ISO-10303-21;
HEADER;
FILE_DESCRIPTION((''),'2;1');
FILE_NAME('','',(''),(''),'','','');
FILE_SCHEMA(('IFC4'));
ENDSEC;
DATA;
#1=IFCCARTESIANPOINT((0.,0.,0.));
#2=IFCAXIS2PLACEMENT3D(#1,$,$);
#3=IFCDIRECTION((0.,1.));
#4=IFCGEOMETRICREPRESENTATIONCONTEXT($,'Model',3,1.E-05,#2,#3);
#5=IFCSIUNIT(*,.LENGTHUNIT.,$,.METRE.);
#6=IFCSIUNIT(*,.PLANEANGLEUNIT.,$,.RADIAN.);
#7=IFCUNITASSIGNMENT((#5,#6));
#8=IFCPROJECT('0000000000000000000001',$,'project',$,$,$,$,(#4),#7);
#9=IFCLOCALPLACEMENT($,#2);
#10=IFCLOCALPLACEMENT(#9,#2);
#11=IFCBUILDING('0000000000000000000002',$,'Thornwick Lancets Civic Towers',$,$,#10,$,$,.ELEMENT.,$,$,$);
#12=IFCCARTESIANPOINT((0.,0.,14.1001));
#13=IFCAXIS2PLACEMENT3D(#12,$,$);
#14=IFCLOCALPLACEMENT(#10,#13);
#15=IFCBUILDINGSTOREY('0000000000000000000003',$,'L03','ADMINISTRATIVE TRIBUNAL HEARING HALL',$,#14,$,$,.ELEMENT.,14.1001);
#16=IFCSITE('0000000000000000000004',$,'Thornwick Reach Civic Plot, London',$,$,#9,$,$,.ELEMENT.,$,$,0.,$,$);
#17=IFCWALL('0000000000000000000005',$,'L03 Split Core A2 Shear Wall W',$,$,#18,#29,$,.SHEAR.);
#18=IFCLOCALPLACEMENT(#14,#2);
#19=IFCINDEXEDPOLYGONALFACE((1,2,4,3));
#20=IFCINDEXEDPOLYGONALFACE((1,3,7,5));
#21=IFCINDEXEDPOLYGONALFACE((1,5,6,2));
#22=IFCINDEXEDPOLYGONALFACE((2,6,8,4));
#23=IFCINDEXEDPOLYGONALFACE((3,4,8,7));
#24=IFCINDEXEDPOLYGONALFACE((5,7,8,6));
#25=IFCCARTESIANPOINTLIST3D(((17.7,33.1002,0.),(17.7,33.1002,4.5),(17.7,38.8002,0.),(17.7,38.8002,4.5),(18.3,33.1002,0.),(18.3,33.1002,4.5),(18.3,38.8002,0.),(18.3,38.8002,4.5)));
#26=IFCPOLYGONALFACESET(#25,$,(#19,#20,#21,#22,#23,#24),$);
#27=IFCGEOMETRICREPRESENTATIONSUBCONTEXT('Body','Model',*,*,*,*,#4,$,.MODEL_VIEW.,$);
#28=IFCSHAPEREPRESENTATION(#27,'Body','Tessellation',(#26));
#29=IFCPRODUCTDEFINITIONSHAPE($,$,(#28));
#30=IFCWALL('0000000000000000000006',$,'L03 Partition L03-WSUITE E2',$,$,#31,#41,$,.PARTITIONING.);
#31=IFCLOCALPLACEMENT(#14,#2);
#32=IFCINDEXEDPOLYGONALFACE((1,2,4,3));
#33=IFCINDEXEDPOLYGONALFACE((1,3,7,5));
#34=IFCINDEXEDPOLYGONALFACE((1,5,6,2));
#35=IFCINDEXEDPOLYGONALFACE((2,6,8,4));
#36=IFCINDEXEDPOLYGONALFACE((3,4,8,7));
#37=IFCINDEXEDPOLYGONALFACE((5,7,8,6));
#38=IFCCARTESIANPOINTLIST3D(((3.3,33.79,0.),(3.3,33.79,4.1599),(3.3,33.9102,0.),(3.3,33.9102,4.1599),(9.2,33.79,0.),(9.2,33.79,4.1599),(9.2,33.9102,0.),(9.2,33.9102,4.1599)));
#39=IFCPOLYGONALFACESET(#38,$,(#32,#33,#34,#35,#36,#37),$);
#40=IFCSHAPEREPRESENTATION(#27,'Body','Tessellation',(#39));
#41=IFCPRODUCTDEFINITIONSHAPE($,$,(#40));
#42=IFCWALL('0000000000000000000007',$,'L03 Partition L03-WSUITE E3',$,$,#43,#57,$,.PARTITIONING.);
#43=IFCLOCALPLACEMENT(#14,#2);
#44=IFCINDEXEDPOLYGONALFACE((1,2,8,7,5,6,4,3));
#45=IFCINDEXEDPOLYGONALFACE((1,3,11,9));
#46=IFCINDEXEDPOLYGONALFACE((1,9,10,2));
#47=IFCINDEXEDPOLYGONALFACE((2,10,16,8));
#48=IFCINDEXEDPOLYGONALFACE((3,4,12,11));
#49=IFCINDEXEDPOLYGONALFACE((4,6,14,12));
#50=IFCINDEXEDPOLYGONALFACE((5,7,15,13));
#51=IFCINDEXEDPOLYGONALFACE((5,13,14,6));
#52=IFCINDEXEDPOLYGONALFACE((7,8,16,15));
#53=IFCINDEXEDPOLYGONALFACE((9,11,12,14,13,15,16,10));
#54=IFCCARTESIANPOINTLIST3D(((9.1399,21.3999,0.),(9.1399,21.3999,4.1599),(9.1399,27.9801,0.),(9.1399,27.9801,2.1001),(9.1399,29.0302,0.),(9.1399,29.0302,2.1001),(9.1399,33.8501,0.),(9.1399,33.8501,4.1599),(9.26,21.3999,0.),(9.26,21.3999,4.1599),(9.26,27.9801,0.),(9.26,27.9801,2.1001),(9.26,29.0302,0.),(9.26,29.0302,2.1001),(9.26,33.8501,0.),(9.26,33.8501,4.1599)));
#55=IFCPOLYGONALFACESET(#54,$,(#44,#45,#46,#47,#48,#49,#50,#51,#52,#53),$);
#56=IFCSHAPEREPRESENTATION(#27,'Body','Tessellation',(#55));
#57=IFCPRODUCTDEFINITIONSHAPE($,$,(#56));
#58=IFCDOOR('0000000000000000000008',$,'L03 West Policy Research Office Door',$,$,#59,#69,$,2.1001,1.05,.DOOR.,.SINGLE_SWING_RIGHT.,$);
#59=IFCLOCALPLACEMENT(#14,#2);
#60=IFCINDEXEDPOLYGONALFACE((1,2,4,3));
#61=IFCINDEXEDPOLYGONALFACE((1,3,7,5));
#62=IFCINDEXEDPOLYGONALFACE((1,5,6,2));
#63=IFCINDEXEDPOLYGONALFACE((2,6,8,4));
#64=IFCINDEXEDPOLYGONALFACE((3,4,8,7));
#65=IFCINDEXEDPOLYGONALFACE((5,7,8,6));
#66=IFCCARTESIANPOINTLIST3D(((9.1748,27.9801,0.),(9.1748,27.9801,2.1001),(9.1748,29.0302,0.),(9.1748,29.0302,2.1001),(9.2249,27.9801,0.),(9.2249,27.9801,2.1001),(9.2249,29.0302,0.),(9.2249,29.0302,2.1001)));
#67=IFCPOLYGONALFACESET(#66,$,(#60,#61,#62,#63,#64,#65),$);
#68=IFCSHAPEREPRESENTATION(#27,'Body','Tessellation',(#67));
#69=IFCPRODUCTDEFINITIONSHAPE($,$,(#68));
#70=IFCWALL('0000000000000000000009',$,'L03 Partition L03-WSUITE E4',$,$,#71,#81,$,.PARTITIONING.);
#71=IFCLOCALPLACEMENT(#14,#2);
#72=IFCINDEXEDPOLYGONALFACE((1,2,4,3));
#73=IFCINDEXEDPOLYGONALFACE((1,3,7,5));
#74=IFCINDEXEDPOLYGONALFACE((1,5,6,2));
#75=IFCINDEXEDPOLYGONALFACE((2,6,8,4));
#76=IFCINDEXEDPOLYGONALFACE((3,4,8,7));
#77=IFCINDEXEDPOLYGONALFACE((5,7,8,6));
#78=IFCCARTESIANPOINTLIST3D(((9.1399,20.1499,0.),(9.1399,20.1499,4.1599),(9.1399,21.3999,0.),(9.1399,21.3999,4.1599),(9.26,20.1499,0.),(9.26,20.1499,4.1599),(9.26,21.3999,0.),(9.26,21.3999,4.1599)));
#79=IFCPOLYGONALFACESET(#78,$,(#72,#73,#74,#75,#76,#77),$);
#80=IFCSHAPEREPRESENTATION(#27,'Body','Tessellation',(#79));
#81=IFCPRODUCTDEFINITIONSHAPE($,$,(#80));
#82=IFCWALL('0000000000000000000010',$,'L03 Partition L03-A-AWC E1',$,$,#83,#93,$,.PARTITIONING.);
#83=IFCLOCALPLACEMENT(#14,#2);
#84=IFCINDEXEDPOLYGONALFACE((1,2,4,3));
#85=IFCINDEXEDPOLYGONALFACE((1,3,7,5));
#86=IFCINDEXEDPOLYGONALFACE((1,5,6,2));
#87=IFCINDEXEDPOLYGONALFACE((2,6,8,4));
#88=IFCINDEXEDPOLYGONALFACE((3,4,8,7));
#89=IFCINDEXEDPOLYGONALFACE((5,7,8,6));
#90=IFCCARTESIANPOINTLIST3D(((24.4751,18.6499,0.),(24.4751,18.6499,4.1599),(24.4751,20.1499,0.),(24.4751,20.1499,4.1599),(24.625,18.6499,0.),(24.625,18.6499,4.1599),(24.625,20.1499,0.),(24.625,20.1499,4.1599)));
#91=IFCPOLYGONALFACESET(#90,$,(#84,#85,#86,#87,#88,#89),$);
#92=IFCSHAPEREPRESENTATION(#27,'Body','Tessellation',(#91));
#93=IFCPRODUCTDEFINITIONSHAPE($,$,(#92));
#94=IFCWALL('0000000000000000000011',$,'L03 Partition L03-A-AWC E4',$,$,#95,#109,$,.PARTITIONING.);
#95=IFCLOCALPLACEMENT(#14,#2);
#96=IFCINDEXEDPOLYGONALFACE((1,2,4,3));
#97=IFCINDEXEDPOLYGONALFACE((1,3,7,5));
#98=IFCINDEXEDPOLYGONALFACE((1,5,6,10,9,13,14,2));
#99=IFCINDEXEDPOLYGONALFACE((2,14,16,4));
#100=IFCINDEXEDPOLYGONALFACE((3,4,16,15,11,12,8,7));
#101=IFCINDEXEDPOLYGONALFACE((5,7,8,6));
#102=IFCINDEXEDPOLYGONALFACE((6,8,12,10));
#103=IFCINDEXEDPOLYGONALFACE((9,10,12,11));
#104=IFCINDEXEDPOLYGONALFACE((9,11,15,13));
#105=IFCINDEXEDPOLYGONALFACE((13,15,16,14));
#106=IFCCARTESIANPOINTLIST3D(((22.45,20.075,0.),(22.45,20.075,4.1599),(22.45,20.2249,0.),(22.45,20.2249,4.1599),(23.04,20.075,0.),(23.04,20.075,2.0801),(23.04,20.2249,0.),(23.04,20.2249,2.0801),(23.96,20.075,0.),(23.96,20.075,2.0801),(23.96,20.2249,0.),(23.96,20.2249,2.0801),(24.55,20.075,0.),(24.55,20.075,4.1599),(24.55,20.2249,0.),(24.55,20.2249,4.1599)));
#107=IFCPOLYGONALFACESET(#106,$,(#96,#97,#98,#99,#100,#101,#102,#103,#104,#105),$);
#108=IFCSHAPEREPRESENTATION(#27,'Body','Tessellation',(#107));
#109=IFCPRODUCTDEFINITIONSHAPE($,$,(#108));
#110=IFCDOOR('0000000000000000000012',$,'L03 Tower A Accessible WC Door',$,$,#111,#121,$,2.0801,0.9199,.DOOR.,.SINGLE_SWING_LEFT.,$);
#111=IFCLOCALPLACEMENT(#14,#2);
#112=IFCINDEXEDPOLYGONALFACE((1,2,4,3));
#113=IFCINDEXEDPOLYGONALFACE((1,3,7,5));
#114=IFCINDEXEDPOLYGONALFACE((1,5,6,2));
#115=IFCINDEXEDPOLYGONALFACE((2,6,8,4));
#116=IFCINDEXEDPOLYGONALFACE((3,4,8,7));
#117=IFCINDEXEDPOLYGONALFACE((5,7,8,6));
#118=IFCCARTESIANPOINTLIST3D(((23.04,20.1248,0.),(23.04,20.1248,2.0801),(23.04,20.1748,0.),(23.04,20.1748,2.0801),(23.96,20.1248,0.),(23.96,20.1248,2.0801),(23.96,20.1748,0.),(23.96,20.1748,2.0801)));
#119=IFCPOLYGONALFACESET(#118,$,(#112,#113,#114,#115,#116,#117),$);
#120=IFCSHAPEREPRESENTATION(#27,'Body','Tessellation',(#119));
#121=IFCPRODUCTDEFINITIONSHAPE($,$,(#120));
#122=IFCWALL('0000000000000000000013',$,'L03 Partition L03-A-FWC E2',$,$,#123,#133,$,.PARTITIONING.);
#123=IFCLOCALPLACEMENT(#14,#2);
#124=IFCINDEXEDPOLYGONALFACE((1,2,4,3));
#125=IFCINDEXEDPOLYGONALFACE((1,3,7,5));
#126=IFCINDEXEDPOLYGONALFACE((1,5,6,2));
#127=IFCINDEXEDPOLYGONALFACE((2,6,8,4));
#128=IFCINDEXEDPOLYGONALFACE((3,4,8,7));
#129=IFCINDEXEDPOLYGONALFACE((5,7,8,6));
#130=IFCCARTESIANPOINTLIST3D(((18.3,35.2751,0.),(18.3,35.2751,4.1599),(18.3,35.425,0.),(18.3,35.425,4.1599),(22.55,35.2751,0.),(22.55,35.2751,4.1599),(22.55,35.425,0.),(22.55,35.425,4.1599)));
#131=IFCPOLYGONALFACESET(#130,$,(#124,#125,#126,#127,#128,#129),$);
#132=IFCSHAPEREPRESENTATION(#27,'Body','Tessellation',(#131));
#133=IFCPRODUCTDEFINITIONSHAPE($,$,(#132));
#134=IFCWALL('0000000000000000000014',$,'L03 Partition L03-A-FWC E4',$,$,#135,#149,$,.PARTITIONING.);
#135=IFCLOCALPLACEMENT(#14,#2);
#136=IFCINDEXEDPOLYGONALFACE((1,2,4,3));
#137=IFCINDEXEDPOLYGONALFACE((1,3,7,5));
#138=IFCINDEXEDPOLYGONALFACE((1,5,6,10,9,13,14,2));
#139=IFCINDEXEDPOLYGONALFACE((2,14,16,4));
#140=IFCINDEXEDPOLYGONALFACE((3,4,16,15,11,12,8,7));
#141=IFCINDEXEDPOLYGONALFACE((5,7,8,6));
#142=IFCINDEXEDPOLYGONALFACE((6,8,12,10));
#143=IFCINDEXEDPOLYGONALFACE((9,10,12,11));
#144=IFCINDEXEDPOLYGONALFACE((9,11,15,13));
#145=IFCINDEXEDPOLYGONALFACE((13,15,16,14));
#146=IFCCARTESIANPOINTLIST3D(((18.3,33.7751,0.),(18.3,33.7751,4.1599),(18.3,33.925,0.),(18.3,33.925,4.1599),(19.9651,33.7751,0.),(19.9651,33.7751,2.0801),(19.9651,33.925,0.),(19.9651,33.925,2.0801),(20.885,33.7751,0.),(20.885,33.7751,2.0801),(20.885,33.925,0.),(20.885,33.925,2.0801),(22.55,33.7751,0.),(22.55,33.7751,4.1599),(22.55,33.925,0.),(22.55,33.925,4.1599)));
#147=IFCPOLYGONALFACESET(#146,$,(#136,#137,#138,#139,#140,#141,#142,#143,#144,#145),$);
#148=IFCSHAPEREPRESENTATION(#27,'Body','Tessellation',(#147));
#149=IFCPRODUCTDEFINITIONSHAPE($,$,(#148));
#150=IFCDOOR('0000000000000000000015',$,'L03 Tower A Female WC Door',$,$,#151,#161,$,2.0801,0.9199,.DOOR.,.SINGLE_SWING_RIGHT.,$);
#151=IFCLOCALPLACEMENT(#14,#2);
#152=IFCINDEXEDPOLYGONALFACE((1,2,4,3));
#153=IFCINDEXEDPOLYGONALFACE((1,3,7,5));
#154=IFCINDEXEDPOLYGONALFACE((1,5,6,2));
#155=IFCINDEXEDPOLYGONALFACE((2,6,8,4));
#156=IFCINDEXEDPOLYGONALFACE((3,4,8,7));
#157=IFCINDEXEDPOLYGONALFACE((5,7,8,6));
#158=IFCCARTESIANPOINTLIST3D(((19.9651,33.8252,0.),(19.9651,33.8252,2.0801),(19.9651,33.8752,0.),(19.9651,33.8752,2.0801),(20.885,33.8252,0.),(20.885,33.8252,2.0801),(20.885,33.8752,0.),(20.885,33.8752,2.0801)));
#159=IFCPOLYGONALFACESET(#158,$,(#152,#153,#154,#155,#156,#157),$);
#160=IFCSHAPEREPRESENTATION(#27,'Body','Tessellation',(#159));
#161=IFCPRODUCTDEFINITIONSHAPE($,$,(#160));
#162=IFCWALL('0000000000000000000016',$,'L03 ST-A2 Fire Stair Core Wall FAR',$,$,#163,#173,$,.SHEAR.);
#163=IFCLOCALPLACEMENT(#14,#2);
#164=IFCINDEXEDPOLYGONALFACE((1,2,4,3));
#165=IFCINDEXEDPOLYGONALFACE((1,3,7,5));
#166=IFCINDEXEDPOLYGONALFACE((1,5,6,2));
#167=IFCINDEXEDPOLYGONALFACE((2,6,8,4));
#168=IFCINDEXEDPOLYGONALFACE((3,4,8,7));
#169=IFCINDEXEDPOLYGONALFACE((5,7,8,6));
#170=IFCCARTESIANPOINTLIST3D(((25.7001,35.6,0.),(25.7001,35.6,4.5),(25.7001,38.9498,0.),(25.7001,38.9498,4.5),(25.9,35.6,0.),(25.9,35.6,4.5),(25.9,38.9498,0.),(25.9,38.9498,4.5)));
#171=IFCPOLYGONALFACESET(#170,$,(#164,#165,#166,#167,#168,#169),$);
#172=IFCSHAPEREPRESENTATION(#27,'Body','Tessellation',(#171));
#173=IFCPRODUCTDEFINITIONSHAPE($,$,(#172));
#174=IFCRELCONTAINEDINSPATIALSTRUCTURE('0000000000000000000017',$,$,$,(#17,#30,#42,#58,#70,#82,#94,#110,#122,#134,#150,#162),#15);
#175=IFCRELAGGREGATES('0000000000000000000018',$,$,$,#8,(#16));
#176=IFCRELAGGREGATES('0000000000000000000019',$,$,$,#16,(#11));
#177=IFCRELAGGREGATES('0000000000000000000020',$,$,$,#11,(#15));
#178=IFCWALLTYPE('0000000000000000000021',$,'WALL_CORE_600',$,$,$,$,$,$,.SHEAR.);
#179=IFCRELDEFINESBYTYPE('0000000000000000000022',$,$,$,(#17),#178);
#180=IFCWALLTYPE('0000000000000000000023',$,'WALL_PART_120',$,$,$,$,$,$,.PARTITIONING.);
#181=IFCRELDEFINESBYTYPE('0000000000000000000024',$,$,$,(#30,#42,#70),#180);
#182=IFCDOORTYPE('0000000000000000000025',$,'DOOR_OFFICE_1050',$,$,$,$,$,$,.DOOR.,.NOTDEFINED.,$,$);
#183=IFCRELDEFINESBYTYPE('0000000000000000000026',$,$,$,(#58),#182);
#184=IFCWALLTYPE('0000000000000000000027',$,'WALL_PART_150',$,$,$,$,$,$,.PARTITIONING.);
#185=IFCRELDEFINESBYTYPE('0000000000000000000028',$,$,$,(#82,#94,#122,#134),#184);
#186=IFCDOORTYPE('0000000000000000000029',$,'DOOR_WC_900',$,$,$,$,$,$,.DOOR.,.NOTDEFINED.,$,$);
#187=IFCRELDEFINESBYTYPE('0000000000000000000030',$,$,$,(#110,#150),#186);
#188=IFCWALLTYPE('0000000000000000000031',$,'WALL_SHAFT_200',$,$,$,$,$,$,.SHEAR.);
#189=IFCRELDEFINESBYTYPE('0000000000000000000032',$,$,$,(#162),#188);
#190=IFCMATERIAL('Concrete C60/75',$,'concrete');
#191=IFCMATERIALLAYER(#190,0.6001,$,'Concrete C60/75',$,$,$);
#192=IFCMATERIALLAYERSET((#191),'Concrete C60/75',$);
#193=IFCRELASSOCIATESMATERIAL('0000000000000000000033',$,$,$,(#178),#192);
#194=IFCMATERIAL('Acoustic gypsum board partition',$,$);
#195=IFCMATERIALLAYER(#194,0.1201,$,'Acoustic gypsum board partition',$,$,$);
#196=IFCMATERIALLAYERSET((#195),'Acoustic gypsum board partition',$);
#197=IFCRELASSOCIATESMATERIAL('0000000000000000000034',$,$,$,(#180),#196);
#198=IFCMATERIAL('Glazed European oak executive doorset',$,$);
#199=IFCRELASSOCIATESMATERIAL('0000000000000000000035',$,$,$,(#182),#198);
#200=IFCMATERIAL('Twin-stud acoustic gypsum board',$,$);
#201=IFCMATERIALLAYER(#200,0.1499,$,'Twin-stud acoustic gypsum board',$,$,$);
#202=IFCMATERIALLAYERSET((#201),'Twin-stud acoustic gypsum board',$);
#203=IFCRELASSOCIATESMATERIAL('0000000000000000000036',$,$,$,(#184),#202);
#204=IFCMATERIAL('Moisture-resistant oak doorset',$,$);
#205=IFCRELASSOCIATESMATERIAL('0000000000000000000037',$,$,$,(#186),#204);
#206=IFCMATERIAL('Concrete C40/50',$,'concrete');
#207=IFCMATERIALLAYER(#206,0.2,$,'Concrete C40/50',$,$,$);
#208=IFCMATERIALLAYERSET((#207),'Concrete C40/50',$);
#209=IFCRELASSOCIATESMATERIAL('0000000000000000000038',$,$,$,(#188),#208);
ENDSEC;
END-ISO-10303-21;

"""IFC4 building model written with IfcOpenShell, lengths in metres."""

from ifc_helpers import new_model, si_unit, direction, frame, frame_2d, origin, place, context, subcontext, project, spatial, rectangle, extrude, material, layer, layer_set, type_object, element, fill, save


model = new_model("IFC4")

# Units and contexts
model_context = context("Model", 3, precision=1e-05, world=origin(), true_north=direction((0.0, 1.0)))
body_context = subcontext(model_context, "Body", "Model", "MODEL_VIEW")
ifc_project = project(units=[si_unit("LENGTHUNIT", "METRE"), si_unit("PLANEANGLEUNIT", "RADIAN")], contexts=[model_context])

# Site, building, storey
site_placement = place(None, origin())
site = spatial("IfcSite", under=ifc_project, at=site_placement, Name="Thornwick Reach Civic Plot, London", CompositionType="ELEMENT", RefElevation=0.0)
building_placement = place(site_placement, origin())
building = spatial("IfcBuilding", under=site, at=building_placement, Name="Thornwick Lancets Civic Towers", CompositionType="ELEMENT")
storey_placement = place(building_placement, frame((0.0, 0.0, 14.1001)))
storey = spatial("IfcBuildingStorey", under=building, at=storey_placement, Name="L03", Description="ADMINISTRATIVE TRIBUNAL HEARING HALL", CompositionType="ELEMENT", Elevation=14.1001)

# Shared definitions
ifc_material_1 = material(Name="Concrete C60/75", Category="concrete")
ifc_material_2 = material(Name="Concrete C40/50", Category="concrete")

# Walls
ifc_layer_1 = layer(ifc_material_1, 0.6001, Name="Concrete C60/75")
ifc_layer_set_1 = layer_set([ifc_layer_1], Name="Concrete C60/75")
wall_type_1 = type_object("IfcWallType", Name="WALL_CORE_600", PredefinedType="SHEAR", material=ifc_layer_set_1)
wall_1_placement = place(storey_placement, frame((18.0, 33.1001, 0.0), z_axis=(0.0, 0.0, 1.0), x_axis=(0.0, 1.0, 0.0)))
element("IfcWall", 1, at=wall_1_placement, inside=storey, type_object=wall_type_1, Name="L03 Split Core A2 Shear Wall W", PredefinedType="SHEAR", context=body_context, shape_type="SweptSolid", body=[
    extrude(rectangle(XDim=5.7, YDim=0.6001, at=frame_2d((2.8501, 0.0))), origin(), (0.0, 0.0, 1.0), 4.5),
])
ifc_material_3 = material(Name="Acoustic gypsum board partition")
ifc_layer_2 = layer(ifc_material_3, 0.1201, Name="Acoustic gypsum board partition")
ifc_layer_set_2 = layer_set([ifc_layer_2], Name="Acoustic gypsum board partition")
wall_type_2 = type_object("IfcWallType", Name="WALL_PART_120", PredefinedType="PARTITIONING", material=ifc_layer_set_2)
wall_2_placement = place(storey_placement, frame((3.3, 33.8501, 0.0), z_axis=(0.0, 0.0, 1.0), x_axis=(1.0, 0.0, 0.0)))
element("IfcWall", 2, at=wall_2_placement, inside=storey, type_object=wall_type_2, Name="L03 Partition L03-WSUITE E2", PredefinedType="PARTITIONING", context=body_context, shape_type="SweptSolid", body=[
    extrude(rectangle(XDim=5.8999, YDim=0.1201, at=frame_2d((2.95, 0.0))), origin(), (0.0, 0.0, 1.0), 4.1599),
])

# Wall, opening, door
wall_3_placement = place(storey_placement, frame((9.2, 33.8501, 0.0), z_axis=(0.0, 0.0, 1.0), x_axis=(0.0, -1.0, 0.0)))
wall_3 = element("IfcWall", 3, at=wall_3_placement, inside=storey, type_object=wall_type_2, Name="L03 Partition L03-WSUITE E3", PredefinedType="PARTITIONING", context=body_context, shape_type="SweptSolid", body=[
    extrude(rectangle(XDim=12.4502, YDim=0.1201, at=frame_2d((6.2251, 0.0))), origin(), (0.0, 0.0, 1.0), 4.1599),
])
opening_1_placement = place(wall_3_placement, frame((4.8201, 0.0, 0.0)))
opening_1 = element("IfcOpeningElement", 4, at=opening_1_placement, cuts=wall_3, PredefinedType="OPENING", context=body_context, shape_type="SweptSolid", body=[
    extrude(rectangle(XDim=1.05, YDim=2.1001, at=frame_2d((0.5249, 1.05))), frame((0.0, 0.0701, 0.0), z_axis=(0.0, -1.0, 0.0), x_axis=(1.0, 0.0, 0.0)), (0.0, 0.0, 1.0), 0.1401),
])
ifc_material_4 = material(Name="Glazed European oak executive doorset")
door_type_1 = type_object("IfcDoorType", Name="DOOR_OFFICE_1050", OperationType="NOTDEFINED", PredefinedType="DOOR", material=ifc_material_4)
door_1_placement = place(opening_1_placement, origin())
door_1 = element("IfcDoor", 5, at=door_1_placement, inside=storey, type_object=door_type_1, Name="L03 West Policy Research Office Door", OperationType="SINGLE_SWING_RIGHT", OverallHeight=2.1001, OverallWidth=1.05, PredefinedType="DOOR", context=body_context, shape_type="SweptSolid", body=[
    extrude(rectangle(XDim=1.05, YDim=2.1001, at=frame_2d((0.5249, 1.05))), frame((0.0, 0.0249, 0.0), z_axis=(0.0, -1.0, 0.0), x_axis=(1.0, 0.0, 0.0)), (0.0, 0.0, 1.0), 0.05),
])
fill(opening_1, door_1)

# Walls
wall_4_placement = place(storey_placement, frame((9.2, 21.3999, 0.0), z_axis=(0.0, 0.0, 1.0), x_axis=(0.0, -1.0, 0.0)))
element("IfcWall", 6, at=wall_4_placement, inside=storey, type_object=wall_type_2, Name="L03 Partition L03-WSUITE E4", PredefinedType="PARTITIONING", context=body_context, shape_type="SweptSolid", body=[
    extrude(rectangle(XDim=1.25, YDim=0.1201, at=frame_2d((0.625, 0.0))), origin(), (0.0, 0.0, 1.0), 4.1599),
])
ifc_material_5 = material(Name="Twin-stud acoustic gypsum board")
ifc_layer_3 = layer(ifc_material_5, 0.1499, Name="Twin-stud acoustic gypsum board")
ifc_layer_set_3 = layer_set([ifc_layer_3], Name="Twin-stud acoustic gypsum board")
wall_type_3 = type_object("IfcWallType", Name="WALL_PART_150", PredefinedType="PARTITIONING", material=ifc_layer_set_3)
wall_5_placement = place(storey_placement, frame((24.55, 20.1499, 0.0), z_axis=(0.0, 0.0, 1.0), x_axis=(0.0, -1.0, 0.0)))
element("IfcWall", 7, at=wall_5_placement, inside=storey, type_object=wall_type_3, Name="L03 Partition L03-A-AWC E1", PredefinedType="PARTITIONING", context=body_context, shape_type="SweptSolid", body=[
    extrude(rectangle(XDim=1.5, YDim=0.1499, at=frame_2d((0.75, 0.0))), origin(), (0.0, 0.0, 1.0), 4.1599),
])

# Wall, opening, door
wall_6_placement = place(storey_placement, frame((22.45, 20.1499, 0.0), z_axis=(0.0, 0.0, 1.0), x_axis=(1.0, 0.0, 0.0)))
wall_6 = element("IfcWall", 8, at=wall_6_placement, inside=storey, type_object=wall_type_3, Name="L03 Partition L03-A-AWC E4", PredefinedType="PARTITIONING", context=body_context, shape_type="SweptSolid", body=[
    extrude(rectangle(XDim=2.1001, YDim=0.1499, at=frame_2d((1.05, 0.0))), origin(), (0.0, 0.0, 1.0), 4.1599),
])
opening_2_placement = place(wall_6_placement, frame((0.5901, 0.0, 0.0)))
opening_2 = element("IfcOpeningElement", 9, at=opening_2_placement, cuts=wall_6, PredefinedType="OPENING", context=body_context, shape_type="SweptSolid", body=[
    extrude(rectangle(XDim=0.9199, YDim=2.0801, at=frame_2d((0.46, 1.04))), frame((0.0, 0.085, 0.0), z_axis=(0.0, -1.0, 0.0), x_axis=(1.0, 0.0, 0.0)), (0.0, 0.0, 1.0), 0.1699),
])
ifc_material_6 = material(Name="Moisture-resistant oak doorset")
door_type_2 = type_object("IfcDoorType", Name="DOOR_WC_900", OperationType="NOTDEFINED", PredefinedType="DOOR", material=ifc_material_6)
door_2_placement = place(opening_2_placement, origin())
door_2 = element("IfcDoor", 10, at=door_2_placement, inside=storey, type_object=door_type_2, Name="L03 Tower A Accessible WC Door", OperationType="SINGLE_SWING_LEFT", OverallHeight=2.0801, OverallWidth=0.9199, PredefinedType="DOOR", context=body_context, shape_type="SweptSolid", body=[
    extrude(rectangle(XDim=0.9199, YDim=2.0801, at=frame_2d((0.46, 1.04))), frame((0.0, 0.0249, 0.0), z_axis=(0.0, -1.0, 0.0), x_axis=(1.0, 0.0, 0.0)), (0.0, 0.0, 1.0), 0.05),
])
fill(opening_2, door_2)

# Wall
wall_7_placement = place(storey_placement, frame((18.3, 35.3501, 0.0), z_axis=(0.0, 0.0, 1.0), x_axis=(1.0, 0.0, 0.0)))
element("IfcWall", 11, at=wall_7_placement, inside=storey, type_object=wall_type_3, Name="L03 Partition L03-A-FWC E2", PredefinedType="PARTITIONING", context=body_context, shape_type="SweptSolid", body=[
    extrude(rectangle(XDim=4.25, YDim=0.1499, at=frame_2d((2.125, 0.0))), origin(), (0.0, 0.0, 1.0), 4.1599),
])

# Wall, opening, door
wall_8_placement = place(storey_placement, frame((22.55, 33.8501, 0.0), z_axis=(0.0, 0.0, 1.0), x_axis=(-1.0, 0.0, 0.0)))
wall_8 = element("IfcWall", 12, at=wall_8_placement, inside=storey, type_object=wall_type_3, Name="L03 Partition L03-A-FWC E4", PredefinedType="PARTITIONING", context=body_context, shape_type="SweptSolid", body=[
    extrude(rectangle(XDim=4.25, YDim=0.1499, at=frame_2d((2.125, 0.0))), origin(), (0.0, 0.0, 1.0), 4.1599),
])
opening_3_placement = place(wall_8_placement, frame((1.665, 0.0, 0.0)))
opening_3 = element("IfcOpeningElement", 13, at=opening_3_placement, cuts=wall_8, PredefinedType="OPENING", context=body_context, shape_type="SweptSolid", body=[
    extrude(rectangle(XDim=0.9199, YDim=2.0801, at=frame_2d((0.46, 1.04))), frame((0.0, 0.085, 0.0), z_axis=(0.0, -1.0, 0.0), x_axis=(1.0, 0.0, 0.0)), (0.0, 0.0, 1.0), 0.1699),
])
door_3_placement = place(opening_3_placement, origin())
door_3 = element("IfcDoor", 14, at=door_3_placement, inside=storey, type_object=door_type_2, Name="L03 Tower A Female WC Door", OperationType="SINGLE_SWING_RIGHT", OverallHeight=2.0801, OverallWidth=0.9199, PredefinedType="DOOR", context=body_context, shape_type="SweptSolid", body=[
    extrude(rectangle(XDim=0.9199, YDim=2.0801, at=frame_2d((0.46, 1.04))), frame((0.0, 0.0249, 0.0), z_axis=(0.0, -1.0, 0.0), x_axis=(1.0, 0.0, 0.0)), (0.0, 0.0, 1.0), 0.05),
])
fill(opening_3, door_3)

# Wall
ifc_layer_4 = layer(ifc_material_2, 0.2, Name="Concrete C40/50")
ifc_layer_set_4 = layer_set([ifc_layer_4], Name="Concrete C40/50")
wall_type_4 = type_object("IfcWallType", Name="WALL_SHAFT_200", PredefinedType="SHEAR", material=ifc_layer_set_4)
wall_9_placement = place(storey_placement, frame((25.8, 35.6001, 0.0), z_axis=(0.0, 0.0, 1.0), x_axis=(0.0, 1.0, 0.0)))
element("IfcWall", 15, at=wall_9_placement, inside=storey, type_object=wall_type_4, Name="L03 ST-A2 Fire Stair Core Wall FAR", PredefinedType="SHEAR", context=body_context, shape_type="SweptSolid", body=[
    extrude(rectangle(XDim=3.3499, YDim=0.2, at=frame_2d((1.6748, 0.0))), origin(), (0.0, 0.0, 1.0), 4.5),
])

save(model, "model.ifc")
